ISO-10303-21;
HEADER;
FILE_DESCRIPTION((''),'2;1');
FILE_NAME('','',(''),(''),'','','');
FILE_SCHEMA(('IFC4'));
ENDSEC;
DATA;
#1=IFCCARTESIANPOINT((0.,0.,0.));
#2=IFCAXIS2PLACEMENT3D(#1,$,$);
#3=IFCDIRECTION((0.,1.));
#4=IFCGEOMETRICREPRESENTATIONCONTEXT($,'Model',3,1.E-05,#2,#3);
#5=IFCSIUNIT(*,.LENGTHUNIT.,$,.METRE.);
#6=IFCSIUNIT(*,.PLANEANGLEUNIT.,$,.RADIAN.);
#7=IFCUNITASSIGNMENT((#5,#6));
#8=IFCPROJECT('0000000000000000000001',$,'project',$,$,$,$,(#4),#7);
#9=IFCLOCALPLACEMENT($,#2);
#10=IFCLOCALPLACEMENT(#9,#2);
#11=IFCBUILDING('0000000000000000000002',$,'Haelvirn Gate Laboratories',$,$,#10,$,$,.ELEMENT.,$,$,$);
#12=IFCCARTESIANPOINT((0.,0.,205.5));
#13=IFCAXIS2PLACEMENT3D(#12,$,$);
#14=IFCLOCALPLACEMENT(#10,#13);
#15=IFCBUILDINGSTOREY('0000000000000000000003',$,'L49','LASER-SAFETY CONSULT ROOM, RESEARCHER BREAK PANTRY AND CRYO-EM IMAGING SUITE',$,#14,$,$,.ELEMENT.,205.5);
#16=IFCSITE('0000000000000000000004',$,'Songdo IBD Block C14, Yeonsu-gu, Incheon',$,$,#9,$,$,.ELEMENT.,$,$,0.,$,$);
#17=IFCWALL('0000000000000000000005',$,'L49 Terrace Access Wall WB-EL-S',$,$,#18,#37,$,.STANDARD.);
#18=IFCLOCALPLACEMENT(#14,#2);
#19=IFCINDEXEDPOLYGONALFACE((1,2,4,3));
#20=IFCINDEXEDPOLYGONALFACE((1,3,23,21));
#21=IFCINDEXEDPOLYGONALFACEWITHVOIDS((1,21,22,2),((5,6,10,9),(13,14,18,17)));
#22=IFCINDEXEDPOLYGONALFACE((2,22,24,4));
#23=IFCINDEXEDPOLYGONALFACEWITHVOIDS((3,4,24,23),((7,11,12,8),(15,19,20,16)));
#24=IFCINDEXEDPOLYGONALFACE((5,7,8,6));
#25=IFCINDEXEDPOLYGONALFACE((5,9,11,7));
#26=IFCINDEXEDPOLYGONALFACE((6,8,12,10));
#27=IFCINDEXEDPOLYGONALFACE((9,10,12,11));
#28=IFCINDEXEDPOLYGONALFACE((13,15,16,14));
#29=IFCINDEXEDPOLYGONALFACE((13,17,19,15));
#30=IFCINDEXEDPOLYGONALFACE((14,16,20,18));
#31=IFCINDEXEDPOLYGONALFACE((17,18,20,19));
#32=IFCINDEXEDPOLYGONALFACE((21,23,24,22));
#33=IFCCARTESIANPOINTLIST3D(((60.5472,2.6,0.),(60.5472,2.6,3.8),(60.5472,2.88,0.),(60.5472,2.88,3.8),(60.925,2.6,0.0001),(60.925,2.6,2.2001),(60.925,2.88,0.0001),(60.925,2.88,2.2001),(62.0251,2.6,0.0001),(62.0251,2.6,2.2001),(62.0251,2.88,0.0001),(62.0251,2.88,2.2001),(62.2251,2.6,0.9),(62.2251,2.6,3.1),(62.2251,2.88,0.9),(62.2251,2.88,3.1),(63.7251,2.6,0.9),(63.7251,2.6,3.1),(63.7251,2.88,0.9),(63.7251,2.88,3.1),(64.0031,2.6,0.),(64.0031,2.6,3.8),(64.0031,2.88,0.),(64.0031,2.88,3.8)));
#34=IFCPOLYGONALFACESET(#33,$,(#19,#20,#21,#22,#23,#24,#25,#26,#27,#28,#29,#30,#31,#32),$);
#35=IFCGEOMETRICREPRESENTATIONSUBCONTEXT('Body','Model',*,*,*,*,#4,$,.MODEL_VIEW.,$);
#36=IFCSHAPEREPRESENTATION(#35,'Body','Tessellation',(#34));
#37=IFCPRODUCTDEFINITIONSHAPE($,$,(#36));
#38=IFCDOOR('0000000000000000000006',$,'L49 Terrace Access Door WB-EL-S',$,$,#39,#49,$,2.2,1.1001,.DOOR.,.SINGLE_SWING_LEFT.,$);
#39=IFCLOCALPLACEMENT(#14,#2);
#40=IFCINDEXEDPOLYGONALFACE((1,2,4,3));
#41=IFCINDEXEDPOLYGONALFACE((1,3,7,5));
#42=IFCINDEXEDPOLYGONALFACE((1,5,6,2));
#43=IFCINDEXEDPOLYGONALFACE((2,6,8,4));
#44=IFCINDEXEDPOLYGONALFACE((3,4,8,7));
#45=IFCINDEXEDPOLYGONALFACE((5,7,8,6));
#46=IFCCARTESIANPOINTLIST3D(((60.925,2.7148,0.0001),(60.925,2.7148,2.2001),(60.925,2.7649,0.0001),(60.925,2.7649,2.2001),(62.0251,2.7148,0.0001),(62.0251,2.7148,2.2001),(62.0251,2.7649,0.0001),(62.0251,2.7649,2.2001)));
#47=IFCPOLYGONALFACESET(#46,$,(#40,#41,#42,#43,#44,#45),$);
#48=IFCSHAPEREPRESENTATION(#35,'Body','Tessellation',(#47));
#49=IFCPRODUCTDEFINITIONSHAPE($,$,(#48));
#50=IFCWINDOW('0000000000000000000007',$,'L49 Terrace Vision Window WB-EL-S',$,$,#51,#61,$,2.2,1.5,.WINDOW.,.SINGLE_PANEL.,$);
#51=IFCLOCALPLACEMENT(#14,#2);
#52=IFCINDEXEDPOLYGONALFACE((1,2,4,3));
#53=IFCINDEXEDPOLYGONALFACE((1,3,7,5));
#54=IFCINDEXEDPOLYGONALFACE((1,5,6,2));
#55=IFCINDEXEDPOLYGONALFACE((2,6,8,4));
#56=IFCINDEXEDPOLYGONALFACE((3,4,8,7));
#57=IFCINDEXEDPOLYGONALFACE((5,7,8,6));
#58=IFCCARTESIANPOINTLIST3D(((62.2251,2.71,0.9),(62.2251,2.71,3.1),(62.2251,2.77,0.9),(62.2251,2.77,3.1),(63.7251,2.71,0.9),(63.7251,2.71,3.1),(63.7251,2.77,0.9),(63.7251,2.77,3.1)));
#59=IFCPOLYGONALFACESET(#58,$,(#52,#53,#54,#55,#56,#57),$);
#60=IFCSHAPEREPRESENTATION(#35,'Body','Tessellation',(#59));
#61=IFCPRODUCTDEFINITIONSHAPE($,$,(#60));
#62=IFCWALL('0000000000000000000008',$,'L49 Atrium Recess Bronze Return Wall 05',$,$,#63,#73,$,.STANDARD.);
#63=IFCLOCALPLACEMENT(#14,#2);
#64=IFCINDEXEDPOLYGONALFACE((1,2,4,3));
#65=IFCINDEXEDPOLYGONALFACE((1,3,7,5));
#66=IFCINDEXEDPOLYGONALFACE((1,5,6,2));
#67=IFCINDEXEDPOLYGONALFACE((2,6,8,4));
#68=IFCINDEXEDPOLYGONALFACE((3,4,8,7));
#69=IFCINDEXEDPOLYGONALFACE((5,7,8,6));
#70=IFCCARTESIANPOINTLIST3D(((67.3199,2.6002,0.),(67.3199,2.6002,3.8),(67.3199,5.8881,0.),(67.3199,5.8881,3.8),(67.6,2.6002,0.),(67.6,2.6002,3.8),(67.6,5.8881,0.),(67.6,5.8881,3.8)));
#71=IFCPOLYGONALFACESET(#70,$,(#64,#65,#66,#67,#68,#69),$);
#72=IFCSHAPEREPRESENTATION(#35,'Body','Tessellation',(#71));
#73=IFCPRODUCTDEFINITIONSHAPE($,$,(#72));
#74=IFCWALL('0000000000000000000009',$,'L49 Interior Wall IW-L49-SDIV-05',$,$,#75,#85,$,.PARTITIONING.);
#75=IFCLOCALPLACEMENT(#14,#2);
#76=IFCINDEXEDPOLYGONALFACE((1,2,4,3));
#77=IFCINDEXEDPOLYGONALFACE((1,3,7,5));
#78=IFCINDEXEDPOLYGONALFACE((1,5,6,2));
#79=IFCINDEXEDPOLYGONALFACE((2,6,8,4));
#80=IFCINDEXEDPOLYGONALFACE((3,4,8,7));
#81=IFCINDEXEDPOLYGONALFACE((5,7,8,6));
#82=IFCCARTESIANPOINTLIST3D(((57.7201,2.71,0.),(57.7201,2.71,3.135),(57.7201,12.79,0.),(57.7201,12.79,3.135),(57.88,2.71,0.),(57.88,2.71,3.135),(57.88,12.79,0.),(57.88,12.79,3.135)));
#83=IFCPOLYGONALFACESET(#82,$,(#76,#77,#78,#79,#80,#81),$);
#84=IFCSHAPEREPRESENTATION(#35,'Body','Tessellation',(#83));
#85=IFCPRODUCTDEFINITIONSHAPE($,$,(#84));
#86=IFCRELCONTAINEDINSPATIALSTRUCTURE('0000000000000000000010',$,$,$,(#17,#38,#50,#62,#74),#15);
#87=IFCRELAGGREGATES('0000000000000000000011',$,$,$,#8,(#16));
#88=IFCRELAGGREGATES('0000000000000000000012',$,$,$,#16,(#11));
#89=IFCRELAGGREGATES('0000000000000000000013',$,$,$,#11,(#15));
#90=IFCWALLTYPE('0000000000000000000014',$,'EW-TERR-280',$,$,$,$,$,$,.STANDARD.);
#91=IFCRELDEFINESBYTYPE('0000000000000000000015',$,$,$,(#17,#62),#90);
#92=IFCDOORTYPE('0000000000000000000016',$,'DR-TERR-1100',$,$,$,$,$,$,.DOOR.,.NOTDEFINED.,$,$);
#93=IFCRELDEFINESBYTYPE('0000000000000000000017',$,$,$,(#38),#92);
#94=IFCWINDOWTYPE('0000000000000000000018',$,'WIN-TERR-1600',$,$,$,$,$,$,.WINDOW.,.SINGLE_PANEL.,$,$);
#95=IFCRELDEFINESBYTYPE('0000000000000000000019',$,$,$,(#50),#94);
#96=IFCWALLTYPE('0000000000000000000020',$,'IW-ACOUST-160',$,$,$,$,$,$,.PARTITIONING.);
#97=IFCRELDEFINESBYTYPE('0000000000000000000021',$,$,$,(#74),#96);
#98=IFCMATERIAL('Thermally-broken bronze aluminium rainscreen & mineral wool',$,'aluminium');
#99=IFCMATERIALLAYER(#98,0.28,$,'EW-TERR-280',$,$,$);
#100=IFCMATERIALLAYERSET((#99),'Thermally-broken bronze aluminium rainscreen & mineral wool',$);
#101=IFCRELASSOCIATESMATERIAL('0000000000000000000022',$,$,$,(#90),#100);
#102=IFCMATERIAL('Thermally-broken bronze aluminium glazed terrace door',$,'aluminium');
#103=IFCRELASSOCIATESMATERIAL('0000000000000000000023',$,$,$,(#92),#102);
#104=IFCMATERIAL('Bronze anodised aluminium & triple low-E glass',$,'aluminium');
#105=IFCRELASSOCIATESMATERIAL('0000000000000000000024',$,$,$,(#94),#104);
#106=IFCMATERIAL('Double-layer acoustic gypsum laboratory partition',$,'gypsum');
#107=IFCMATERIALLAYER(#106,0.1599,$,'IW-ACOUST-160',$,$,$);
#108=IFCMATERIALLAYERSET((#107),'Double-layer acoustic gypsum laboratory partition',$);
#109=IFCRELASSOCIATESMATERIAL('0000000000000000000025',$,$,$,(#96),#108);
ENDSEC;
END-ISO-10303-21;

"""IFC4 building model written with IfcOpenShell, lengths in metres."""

from ifc_helpers import new_model, si_unit, direction, frame, frame_2d, origin, place, context, subcontext, project, spatial, rectangle, extrude, source, transform, mapped, material, layer, layer_set, type_object, type_shapes, element, fill, save


model = new_model("IFC4")

# Units and contexts
model_context = context("Model", 3, precision=1e-05, world=origin(), true_north=direction((0.0, 1.0)))
body_context = subcontext(model_context, "Body", "Model", "MODEL_VIEW")
ifc_project = project(units=[si_unit("LENGTHUNIT", "METRE"), si_unit("PLANEANGLEUNIT", "RADIAN")], contexts=[model_context])

# Site, building, storey
site_placement = place(None, origin())
site = spatial("IfcSite", under=ifc_project, at=site_placement, Name="Songdo IBD Block C14, Yeonsu-gu, Incheon", CompositionType="ELEMENT", RefElevation=0.0)
building_placement = place(site_placement, origin())
building = spatial("IfcBuilding", under=site, at=building_placement, Name="Haelvirn Gate Laboratories", CompositionType="ELEMENT")
storey_placement = place(building_placement, frame((0.0, 0.0, 205.5)))
storey = spatial("IfcBuildingStorey", under=building, at=storey_placement, Name="L49", Description="LASER-SAFETY CONSULT ROOM, RESEARCHER BREAK PANTRY AND CRYO-EM IMAGING SUITE", CompositionType="ELEMENT", Elevation=205.5)

# Wall, openings, door, window
ifc_material_1 = material(Name="Thermally-broken bronze aluminium rainscreen & mineral wool", Category="aluminium")
ifc_layer_1 = layer(ifc_material_1, 0.28, Name="EW-TERR-280")
ifc_layer_set_1 = layer_set([ifc_layer_1], Name="Thermally-broken bronze aluminium rainscreen & mineral wool")
wall_type_1 = type_object("IfcWallType", Name="EW-TERR-280", PredefinedType="STANDARD", material=ifc_layer_set_1)
wall_1_placement = place(storey_placement, frame((60.5471, 2.74, 0.0), z_axis=(0.0, 0.0, 1.0), x_axis=(1.0, 0.0, 0.0)))
wall_1 = element("IfcWall", 1, at=wall_1_placement, inside=storey, type_object=wall_type_1, Name="L49 Terrace Access Wall WB-EL-S", PredefinedType="STANDARD", context=body_context, shape_type="SweptSolid", body=[
    extrude(rectangle(XDim=3.4558, YDim=0.28, at=frame_2d((1.728, 0.0))), origin(), (0.0, 0.0, 1.0), 3.8),
])
opening_1_placement = place(wall_1_placement, frame((0.3779, 0.0, 0.0)))
opening_1 = element("IfcOpeningElement", 2, at=opening_1_placement, cuts=wall_1, PredefinedType="OPENING", context=body_context, shape_type="SweptSolid", body=[
    extrude(rectangle(XDim=1.1001, YDim=2.2, at=frame_2d((0.55, 1.1001))), frame((0.0, 0.1499, 0.0), z_axis=(0.0, -1.0, 0.0), x_axis=(1.0, 0.0, 0.0)), (0.0, 0.0, 1.0), 0.3),
])
opening_2_placement = place(wall_1_placement, frame((1.678, 0.0, 0.8999)))
opening_2 = element("IfcOpeningElement", 3, at=opening_2_placement, cuts=wall_1, PredefinedType="OPENING", context=body_context, shape_type="SweptSolid", body=[
    extrude(rectangle(XDim=1.5, YDim=2.2, at=frame_2d((0.75, 1.1001))), frame((0.0, 0.1499, 0.0), z_axis=(0.0, -1.0, 0.0), x_axis=(1.0, 0.0, 0.0)), (0.0, 0.0, 1.0), 0.3),
])
ifc_material_2 = material(Name="Thermally-broken bronze aluminium glazed terrace door", Category="aluminium")
door_type = type_object("IfcDoorType", Name="DR-TERR-1100", OperationType="NOTDEFINED", PredefinedType="DOOR", material=ifc_material_2)
shared_shape_1 = source(origin(), body_context, "Body", "SweptSolid", [
    extrude(rectangle(XDim=1.1001, YDim=2.2, at=frame_2d((0.55, 1.1001))), frame((0.0, 0.0249, 0.0), z_axis=(0.0, -1.0, 0.0), x_axis=(1.0, 0.0, 0.0)), (0.0, 0.0, 1.0), 0.05),
])
type_shapes(door_type, [shared_shape_1])
door_placement = place(opening_1_placement, origin())
door = element("IfcDoor", 4, at=door_placement, inside=storey, type_object=door_type, Name="L49 Terrace Access Door WB-EL-S", OperationType="SINGLE_SWING_LEFT", OverallHeight=2.2, OverallWidth=1.1001, PredefinedType="DOOR", context=body_context, shape_type="MappedRepresentation", body=[
    mapped(shared_shape_1, transform((0.0, 0.0, 0.0), scale=1.0)),
])
fill(opening_1, door)
ifc_material_3 = material(Name="Bronze anodised aluminium & triple low-E glass", Category="aluminium")
window_type = type_object("IfcWindowType", Name="WIN-TERR-1600", PartitioningType="SINGLE_PANEL", PredefinedType="WINDOW", material=ifc_material_3)
shared_shape_2 = source(origin(), body_context, "Body", "SweptSolid", [
    extrude(rectangle(XDim=1.5, YDim=2.2, at=frame_2d((0.75, 1.1001))), frame((0.0, 0.03, 0.0), z_axis=(0.0, -1.0, 0.0), x_axis=(1.0, 0.0, 0.0)), (0.0, 0.0, 1.0), 0.0601),
])
type_shapes(window_type, [shared_shape_2])
window_placement = place(opening_2_placement, origin())
window = element("IfcWindow", 5, at=window_placement, inside=storey, type_object=window_type, Name="L49 Terrace Vision Window WB-EL-S", OverallHeight=2.2, OverallWidth=1.5, PartitioningType="SINGLE_PANEL", PredefinedType="WINDOW", context=body_context, shape_type="MappedRepresentation", body=[
    mapped(shared_shape_2, transform((0.0, 0.0, 0.0), scale=1.0)),
])
fill(opening_2, window)

# Walls
wall_2_placement = place(storey_placement, frame((67.46, 2.6001, 0.0), z_axis=(0.0, 0.0, 1.0), x_axis=(0.0, 1.0, 0.0)))
element("IfcWall", 6, at=wall_2_placement, inside=storey, type_object=wall_type_1, Name="L49 Atrium Recess Bronze Return Wall 05", PredefinedType="STANDARD", context=body_context, shape_type="SweptSolid", body=[
    extrude(rectangle(XDim=3.2878, YDim=0.28, at=frame_2d((1.644, 0.0))), origin(), (0.0, 0.0, 1.0), 3.8),
])
ifc_material_4 = material(Name="Double-layer acoustic gypsum laboratory partition", Category="gypsum")
ifc_layer_2 = layer(ifc_material_4, 0.1599, Name="IW-ACOUST-160")
ifc_layer_set_2 = layer_set([ifc_layer_2], Name="Double-layer acoustic gypsum laboratory partition")
wall_type_2 = type_object("IfcWallType", Name="IW-ACOUST-160", PredefinedType="PARTITIONING", material=ifc_layer_set_2)
wall_3_placement = place(storey_placement, frame((57.8, 2.71, 0.0), z_axis=(0.0, 0.0, 1.0), x_axis=(0.0, 1.0, 0.0)))
element("IfcWall", 7, at=wall_3_placement, inside=storey, type_object=wall_type_2, Name="L49 Interior Wall IW-L49-SDIV-05", PredefinedType="PARTITIONING", context=body_context, shape_type="SweptSolid", body=[
    extrude(rectangle(XDim=10.0801, YDim=0.1599, at=frame_2d((5.04, 0.0))), origin(), (0.0, 0.0, 1.0), 3.135),
])

save(model, "model.ifc")
